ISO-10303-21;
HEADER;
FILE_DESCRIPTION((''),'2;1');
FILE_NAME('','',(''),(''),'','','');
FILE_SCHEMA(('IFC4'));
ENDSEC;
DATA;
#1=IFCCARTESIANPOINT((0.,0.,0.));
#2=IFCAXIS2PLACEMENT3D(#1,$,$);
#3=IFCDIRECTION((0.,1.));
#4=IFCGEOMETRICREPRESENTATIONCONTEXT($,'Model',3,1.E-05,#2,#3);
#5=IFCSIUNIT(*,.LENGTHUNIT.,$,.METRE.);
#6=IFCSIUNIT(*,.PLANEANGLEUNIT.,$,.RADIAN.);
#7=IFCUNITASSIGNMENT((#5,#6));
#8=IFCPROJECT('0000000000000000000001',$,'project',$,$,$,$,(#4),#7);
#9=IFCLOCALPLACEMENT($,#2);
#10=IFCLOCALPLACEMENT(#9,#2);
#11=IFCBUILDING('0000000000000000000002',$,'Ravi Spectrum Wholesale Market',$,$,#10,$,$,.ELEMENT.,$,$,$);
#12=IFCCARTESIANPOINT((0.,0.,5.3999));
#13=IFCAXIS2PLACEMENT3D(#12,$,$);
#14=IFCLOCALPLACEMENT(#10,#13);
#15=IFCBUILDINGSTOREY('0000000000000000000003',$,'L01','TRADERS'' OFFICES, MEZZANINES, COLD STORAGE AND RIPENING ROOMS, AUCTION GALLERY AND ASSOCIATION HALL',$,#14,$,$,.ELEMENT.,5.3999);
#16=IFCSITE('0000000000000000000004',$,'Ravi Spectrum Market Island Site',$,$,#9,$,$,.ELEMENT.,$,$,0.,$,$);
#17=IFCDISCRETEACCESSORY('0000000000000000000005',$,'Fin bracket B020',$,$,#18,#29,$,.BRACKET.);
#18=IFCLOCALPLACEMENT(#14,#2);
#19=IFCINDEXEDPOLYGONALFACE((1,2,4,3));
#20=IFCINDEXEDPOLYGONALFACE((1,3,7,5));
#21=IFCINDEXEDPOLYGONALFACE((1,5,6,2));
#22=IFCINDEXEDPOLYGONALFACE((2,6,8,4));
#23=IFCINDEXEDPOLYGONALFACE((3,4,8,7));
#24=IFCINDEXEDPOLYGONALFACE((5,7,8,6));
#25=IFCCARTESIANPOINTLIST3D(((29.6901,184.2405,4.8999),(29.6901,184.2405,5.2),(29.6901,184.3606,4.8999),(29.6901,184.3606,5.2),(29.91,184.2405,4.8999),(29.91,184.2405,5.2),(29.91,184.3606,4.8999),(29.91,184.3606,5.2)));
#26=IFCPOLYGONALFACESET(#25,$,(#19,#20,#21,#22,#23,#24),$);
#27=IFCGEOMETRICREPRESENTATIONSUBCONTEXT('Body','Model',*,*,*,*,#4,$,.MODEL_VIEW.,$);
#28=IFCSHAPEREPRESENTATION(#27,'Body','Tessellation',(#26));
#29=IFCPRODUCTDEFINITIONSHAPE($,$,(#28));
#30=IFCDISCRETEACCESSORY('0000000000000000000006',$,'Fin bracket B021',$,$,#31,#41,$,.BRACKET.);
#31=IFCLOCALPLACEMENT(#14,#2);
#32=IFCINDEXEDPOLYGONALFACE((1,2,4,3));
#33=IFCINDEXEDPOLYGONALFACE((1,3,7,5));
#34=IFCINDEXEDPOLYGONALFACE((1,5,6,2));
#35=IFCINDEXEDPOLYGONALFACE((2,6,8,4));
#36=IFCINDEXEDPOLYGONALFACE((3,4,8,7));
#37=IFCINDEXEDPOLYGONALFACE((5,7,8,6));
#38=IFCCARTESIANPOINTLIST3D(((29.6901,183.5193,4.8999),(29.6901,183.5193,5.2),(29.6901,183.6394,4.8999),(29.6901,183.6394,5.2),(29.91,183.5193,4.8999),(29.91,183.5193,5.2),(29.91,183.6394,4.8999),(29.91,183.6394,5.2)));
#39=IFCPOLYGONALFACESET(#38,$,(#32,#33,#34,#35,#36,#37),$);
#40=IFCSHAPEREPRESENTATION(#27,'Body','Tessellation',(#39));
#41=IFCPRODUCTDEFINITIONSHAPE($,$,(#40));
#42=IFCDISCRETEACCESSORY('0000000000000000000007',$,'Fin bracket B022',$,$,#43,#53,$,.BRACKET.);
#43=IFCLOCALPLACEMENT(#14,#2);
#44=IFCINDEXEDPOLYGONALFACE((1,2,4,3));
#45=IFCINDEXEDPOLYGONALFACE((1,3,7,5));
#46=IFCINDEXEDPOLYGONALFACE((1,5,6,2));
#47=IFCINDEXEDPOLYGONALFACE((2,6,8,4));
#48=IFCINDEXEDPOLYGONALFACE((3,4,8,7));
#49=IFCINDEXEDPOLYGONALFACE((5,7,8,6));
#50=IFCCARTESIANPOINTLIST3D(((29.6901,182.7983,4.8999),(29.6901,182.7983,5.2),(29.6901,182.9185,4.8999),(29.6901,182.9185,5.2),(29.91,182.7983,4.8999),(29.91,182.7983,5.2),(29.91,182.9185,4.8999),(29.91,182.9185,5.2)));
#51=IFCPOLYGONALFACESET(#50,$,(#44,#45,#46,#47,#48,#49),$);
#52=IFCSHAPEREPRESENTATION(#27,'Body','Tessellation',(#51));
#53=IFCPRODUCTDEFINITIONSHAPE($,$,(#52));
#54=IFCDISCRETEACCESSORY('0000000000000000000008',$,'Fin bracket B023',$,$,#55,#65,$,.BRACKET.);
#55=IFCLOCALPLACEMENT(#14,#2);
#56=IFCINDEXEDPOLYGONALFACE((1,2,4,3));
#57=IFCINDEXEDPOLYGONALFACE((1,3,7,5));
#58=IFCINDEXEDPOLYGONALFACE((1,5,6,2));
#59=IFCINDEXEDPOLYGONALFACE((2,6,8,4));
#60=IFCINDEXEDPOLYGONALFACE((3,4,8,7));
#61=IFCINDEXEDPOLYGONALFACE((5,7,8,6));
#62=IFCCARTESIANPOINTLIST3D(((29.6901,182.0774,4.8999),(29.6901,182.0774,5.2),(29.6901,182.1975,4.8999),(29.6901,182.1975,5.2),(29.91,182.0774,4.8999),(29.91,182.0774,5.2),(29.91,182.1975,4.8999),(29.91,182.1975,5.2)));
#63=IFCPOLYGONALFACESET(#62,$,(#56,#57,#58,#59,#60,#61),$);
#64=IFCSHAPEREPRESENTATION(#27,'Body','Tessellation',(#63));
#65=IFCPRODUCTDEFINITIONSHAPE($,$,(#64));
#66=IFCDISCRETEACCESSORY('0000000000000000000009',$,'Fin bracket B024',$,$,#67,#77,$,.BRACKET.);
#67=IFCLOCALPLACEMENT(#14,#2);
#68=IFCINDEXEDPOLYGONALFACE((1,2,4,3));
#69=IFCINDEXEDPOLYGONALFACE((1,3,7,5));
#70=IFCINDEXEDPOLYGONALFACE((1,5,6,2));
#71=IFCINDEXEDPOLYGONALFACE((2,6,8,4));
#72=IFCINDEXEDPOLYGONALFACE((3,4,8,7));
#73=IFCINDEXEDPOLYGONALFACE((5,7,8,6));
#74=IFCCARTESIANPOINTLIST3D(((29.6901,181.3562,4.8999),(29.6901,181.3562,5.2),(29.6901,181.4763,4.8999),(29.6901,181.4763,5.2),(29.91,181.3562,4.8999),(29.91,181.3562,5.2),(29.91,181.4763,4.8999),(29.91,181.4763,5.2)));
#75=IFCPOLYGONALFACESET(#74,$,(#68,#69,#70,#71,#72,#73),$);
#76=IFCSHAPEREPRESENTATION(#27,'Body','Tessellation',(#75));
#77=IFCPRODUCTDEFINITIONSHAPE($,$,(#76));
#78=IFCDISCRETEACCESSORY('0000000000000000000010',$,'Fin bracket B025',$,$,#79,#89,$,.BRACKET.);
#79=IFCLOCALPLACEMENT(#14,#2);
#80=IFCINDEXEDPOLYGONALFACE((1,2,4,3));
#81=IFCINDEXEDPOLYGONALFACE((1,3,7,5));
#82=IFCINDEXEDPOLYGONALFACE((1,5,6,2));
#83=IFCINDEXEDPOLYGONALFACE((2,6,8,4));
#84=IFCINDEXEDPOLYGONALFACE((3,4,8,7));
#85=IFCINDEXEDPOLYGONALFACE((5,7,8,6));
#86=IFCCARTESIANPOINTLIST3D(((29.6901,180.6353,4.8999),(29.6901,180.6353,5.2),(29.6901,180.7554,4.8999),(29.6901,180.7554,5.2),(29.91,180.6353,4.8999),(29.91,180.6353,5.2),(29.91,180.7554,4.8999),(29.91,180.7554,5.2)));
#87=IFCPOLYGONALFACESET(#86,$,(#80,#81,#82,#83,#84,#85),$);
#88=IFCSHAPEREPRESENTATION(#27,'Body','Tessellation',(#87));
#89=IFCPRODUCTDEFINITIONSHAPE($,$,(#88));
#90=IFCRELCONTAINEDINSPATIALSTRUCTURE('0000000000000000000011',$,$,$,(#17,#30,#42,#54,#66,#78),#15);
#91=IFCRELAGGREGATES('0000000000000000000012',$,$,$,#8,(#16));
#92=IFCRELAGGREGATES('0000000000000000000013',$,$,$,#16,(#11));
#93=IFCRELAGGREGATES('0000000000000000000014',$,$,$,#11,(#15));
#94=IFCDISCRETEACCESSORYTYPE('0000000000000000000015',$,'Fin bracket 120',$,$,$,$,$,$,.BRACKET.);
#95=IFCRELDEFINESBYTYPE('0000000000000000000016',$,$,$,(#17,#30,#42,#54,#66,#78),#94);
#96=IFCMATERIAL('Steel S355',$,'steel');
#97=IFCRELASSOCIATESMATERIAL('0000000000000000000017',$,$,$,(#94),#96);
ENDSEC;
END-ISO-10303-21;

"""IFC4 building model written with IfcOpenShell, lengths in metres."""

from ifc_helpers import new_model, si_unit, direction, frame, origin, origin_2d, place, context, subcontext, project, spatial, rectangle, extrude, material, type_object, element, save


model = new_model("IFC4")

# Units and contexts
model_context = context("Model", 3, precision=1e-05, world=origin(), true_north=direction((0.0, 1.0)))
body_context = subcontext(model_context, "Body", "Model", "MODEL_VIEW")
ifc_project = project(units=[si_unit("LENGTHUNIT", "METRE"), si_unit("PLANEANGLEUNIT", "RADIAN")], contexts=[model_context])

# Site, building, storey
site_placement = place(None, origin())
site = spatial("IfcSite", under=ifc_project, at=site_placement, Name="Ravi Spectrum Market Island Site", CompositionType="ELEMENT", RefElevation=0.0)
building_placement = place(site_placement, origin())
building = spatial("IfcBuilding", under=site, at=building_placement, Name="Ravi Spectrum Wholesale Market", CompositionType="ELEMENT")
storey_placement = place(building_placement, frame((0.0, 0.0, 5.3999)))
storey = spatial("IfcBuildingStorey", under=building, at=storey_placement, Name="L01", Description="TRADERS' OFFICES, MEZZANINES, COLD STORAGE AND RIPENING ROOMS, AUCTION GALLERY AND ASSOCIATION HALL", CompositionType="ELEMENT", Elevation=5.3999)

# Discrete accessories
ifc_material_1 = material(Name="Steel S355", Category="steel")
discrete_accessory_type = type_object("IfcDiscreteAccessoryType", Name="Fin bracket 120", PredefinedType="BRACKET", material=ifc_material_1)
for number, where, z_axis, x_axis, name in (
    (1, (29.8, 184.3005, 4.8999), (0.0, 0.0, 1.0), (0.0, -1.0, 0.0), "Fin bracket B020"),
    (2, (29.8, 183.5793, 4.8999), (0.0, 0.0, 1.0), (0.0, -1.0, 0.0), "Fin bracket B021"),
    (3, (29.8, 182.8584, 4.8999), (0.0, 0.0, 1.0), (0.0, -1.0, 0.0), "Fin bracket B022"),
    (4, (29.8, 182.1375, 4.8999), (0.0, 0.0, 1.0), (0.0, -1.0, 0.0), "Fin bracket B023"),
    (5, (29.8, 181.4163, 4.8999), (0.0, 0.0, 1.0), (0.0, -1.0, 0.0), "Fin bracket B024"),
    (6, (29.8, 180.6953, 4.8999), (0.0, 0.0, 1.0), (0.0, -1.0, 0.0), "Fin bracket B025"),
):
    element("IfcDiscreteAccessory", number, at=place(storey_placement, frame(where, z_axis=z_axis, x_axis=x_axis)), inside=storey, type_object=discrete_accessory_type, Name=name, PredefinedType="BRACKET", context=body_context, shape_type="SweptSolid", body=[
        extrude(rectangle(XDim=0.1201, YDim=0.22, at=origin_2d()), origin(), (0.0, 0.0, 1.0), 0.3),
    ])

save(model, "model.ifc")
